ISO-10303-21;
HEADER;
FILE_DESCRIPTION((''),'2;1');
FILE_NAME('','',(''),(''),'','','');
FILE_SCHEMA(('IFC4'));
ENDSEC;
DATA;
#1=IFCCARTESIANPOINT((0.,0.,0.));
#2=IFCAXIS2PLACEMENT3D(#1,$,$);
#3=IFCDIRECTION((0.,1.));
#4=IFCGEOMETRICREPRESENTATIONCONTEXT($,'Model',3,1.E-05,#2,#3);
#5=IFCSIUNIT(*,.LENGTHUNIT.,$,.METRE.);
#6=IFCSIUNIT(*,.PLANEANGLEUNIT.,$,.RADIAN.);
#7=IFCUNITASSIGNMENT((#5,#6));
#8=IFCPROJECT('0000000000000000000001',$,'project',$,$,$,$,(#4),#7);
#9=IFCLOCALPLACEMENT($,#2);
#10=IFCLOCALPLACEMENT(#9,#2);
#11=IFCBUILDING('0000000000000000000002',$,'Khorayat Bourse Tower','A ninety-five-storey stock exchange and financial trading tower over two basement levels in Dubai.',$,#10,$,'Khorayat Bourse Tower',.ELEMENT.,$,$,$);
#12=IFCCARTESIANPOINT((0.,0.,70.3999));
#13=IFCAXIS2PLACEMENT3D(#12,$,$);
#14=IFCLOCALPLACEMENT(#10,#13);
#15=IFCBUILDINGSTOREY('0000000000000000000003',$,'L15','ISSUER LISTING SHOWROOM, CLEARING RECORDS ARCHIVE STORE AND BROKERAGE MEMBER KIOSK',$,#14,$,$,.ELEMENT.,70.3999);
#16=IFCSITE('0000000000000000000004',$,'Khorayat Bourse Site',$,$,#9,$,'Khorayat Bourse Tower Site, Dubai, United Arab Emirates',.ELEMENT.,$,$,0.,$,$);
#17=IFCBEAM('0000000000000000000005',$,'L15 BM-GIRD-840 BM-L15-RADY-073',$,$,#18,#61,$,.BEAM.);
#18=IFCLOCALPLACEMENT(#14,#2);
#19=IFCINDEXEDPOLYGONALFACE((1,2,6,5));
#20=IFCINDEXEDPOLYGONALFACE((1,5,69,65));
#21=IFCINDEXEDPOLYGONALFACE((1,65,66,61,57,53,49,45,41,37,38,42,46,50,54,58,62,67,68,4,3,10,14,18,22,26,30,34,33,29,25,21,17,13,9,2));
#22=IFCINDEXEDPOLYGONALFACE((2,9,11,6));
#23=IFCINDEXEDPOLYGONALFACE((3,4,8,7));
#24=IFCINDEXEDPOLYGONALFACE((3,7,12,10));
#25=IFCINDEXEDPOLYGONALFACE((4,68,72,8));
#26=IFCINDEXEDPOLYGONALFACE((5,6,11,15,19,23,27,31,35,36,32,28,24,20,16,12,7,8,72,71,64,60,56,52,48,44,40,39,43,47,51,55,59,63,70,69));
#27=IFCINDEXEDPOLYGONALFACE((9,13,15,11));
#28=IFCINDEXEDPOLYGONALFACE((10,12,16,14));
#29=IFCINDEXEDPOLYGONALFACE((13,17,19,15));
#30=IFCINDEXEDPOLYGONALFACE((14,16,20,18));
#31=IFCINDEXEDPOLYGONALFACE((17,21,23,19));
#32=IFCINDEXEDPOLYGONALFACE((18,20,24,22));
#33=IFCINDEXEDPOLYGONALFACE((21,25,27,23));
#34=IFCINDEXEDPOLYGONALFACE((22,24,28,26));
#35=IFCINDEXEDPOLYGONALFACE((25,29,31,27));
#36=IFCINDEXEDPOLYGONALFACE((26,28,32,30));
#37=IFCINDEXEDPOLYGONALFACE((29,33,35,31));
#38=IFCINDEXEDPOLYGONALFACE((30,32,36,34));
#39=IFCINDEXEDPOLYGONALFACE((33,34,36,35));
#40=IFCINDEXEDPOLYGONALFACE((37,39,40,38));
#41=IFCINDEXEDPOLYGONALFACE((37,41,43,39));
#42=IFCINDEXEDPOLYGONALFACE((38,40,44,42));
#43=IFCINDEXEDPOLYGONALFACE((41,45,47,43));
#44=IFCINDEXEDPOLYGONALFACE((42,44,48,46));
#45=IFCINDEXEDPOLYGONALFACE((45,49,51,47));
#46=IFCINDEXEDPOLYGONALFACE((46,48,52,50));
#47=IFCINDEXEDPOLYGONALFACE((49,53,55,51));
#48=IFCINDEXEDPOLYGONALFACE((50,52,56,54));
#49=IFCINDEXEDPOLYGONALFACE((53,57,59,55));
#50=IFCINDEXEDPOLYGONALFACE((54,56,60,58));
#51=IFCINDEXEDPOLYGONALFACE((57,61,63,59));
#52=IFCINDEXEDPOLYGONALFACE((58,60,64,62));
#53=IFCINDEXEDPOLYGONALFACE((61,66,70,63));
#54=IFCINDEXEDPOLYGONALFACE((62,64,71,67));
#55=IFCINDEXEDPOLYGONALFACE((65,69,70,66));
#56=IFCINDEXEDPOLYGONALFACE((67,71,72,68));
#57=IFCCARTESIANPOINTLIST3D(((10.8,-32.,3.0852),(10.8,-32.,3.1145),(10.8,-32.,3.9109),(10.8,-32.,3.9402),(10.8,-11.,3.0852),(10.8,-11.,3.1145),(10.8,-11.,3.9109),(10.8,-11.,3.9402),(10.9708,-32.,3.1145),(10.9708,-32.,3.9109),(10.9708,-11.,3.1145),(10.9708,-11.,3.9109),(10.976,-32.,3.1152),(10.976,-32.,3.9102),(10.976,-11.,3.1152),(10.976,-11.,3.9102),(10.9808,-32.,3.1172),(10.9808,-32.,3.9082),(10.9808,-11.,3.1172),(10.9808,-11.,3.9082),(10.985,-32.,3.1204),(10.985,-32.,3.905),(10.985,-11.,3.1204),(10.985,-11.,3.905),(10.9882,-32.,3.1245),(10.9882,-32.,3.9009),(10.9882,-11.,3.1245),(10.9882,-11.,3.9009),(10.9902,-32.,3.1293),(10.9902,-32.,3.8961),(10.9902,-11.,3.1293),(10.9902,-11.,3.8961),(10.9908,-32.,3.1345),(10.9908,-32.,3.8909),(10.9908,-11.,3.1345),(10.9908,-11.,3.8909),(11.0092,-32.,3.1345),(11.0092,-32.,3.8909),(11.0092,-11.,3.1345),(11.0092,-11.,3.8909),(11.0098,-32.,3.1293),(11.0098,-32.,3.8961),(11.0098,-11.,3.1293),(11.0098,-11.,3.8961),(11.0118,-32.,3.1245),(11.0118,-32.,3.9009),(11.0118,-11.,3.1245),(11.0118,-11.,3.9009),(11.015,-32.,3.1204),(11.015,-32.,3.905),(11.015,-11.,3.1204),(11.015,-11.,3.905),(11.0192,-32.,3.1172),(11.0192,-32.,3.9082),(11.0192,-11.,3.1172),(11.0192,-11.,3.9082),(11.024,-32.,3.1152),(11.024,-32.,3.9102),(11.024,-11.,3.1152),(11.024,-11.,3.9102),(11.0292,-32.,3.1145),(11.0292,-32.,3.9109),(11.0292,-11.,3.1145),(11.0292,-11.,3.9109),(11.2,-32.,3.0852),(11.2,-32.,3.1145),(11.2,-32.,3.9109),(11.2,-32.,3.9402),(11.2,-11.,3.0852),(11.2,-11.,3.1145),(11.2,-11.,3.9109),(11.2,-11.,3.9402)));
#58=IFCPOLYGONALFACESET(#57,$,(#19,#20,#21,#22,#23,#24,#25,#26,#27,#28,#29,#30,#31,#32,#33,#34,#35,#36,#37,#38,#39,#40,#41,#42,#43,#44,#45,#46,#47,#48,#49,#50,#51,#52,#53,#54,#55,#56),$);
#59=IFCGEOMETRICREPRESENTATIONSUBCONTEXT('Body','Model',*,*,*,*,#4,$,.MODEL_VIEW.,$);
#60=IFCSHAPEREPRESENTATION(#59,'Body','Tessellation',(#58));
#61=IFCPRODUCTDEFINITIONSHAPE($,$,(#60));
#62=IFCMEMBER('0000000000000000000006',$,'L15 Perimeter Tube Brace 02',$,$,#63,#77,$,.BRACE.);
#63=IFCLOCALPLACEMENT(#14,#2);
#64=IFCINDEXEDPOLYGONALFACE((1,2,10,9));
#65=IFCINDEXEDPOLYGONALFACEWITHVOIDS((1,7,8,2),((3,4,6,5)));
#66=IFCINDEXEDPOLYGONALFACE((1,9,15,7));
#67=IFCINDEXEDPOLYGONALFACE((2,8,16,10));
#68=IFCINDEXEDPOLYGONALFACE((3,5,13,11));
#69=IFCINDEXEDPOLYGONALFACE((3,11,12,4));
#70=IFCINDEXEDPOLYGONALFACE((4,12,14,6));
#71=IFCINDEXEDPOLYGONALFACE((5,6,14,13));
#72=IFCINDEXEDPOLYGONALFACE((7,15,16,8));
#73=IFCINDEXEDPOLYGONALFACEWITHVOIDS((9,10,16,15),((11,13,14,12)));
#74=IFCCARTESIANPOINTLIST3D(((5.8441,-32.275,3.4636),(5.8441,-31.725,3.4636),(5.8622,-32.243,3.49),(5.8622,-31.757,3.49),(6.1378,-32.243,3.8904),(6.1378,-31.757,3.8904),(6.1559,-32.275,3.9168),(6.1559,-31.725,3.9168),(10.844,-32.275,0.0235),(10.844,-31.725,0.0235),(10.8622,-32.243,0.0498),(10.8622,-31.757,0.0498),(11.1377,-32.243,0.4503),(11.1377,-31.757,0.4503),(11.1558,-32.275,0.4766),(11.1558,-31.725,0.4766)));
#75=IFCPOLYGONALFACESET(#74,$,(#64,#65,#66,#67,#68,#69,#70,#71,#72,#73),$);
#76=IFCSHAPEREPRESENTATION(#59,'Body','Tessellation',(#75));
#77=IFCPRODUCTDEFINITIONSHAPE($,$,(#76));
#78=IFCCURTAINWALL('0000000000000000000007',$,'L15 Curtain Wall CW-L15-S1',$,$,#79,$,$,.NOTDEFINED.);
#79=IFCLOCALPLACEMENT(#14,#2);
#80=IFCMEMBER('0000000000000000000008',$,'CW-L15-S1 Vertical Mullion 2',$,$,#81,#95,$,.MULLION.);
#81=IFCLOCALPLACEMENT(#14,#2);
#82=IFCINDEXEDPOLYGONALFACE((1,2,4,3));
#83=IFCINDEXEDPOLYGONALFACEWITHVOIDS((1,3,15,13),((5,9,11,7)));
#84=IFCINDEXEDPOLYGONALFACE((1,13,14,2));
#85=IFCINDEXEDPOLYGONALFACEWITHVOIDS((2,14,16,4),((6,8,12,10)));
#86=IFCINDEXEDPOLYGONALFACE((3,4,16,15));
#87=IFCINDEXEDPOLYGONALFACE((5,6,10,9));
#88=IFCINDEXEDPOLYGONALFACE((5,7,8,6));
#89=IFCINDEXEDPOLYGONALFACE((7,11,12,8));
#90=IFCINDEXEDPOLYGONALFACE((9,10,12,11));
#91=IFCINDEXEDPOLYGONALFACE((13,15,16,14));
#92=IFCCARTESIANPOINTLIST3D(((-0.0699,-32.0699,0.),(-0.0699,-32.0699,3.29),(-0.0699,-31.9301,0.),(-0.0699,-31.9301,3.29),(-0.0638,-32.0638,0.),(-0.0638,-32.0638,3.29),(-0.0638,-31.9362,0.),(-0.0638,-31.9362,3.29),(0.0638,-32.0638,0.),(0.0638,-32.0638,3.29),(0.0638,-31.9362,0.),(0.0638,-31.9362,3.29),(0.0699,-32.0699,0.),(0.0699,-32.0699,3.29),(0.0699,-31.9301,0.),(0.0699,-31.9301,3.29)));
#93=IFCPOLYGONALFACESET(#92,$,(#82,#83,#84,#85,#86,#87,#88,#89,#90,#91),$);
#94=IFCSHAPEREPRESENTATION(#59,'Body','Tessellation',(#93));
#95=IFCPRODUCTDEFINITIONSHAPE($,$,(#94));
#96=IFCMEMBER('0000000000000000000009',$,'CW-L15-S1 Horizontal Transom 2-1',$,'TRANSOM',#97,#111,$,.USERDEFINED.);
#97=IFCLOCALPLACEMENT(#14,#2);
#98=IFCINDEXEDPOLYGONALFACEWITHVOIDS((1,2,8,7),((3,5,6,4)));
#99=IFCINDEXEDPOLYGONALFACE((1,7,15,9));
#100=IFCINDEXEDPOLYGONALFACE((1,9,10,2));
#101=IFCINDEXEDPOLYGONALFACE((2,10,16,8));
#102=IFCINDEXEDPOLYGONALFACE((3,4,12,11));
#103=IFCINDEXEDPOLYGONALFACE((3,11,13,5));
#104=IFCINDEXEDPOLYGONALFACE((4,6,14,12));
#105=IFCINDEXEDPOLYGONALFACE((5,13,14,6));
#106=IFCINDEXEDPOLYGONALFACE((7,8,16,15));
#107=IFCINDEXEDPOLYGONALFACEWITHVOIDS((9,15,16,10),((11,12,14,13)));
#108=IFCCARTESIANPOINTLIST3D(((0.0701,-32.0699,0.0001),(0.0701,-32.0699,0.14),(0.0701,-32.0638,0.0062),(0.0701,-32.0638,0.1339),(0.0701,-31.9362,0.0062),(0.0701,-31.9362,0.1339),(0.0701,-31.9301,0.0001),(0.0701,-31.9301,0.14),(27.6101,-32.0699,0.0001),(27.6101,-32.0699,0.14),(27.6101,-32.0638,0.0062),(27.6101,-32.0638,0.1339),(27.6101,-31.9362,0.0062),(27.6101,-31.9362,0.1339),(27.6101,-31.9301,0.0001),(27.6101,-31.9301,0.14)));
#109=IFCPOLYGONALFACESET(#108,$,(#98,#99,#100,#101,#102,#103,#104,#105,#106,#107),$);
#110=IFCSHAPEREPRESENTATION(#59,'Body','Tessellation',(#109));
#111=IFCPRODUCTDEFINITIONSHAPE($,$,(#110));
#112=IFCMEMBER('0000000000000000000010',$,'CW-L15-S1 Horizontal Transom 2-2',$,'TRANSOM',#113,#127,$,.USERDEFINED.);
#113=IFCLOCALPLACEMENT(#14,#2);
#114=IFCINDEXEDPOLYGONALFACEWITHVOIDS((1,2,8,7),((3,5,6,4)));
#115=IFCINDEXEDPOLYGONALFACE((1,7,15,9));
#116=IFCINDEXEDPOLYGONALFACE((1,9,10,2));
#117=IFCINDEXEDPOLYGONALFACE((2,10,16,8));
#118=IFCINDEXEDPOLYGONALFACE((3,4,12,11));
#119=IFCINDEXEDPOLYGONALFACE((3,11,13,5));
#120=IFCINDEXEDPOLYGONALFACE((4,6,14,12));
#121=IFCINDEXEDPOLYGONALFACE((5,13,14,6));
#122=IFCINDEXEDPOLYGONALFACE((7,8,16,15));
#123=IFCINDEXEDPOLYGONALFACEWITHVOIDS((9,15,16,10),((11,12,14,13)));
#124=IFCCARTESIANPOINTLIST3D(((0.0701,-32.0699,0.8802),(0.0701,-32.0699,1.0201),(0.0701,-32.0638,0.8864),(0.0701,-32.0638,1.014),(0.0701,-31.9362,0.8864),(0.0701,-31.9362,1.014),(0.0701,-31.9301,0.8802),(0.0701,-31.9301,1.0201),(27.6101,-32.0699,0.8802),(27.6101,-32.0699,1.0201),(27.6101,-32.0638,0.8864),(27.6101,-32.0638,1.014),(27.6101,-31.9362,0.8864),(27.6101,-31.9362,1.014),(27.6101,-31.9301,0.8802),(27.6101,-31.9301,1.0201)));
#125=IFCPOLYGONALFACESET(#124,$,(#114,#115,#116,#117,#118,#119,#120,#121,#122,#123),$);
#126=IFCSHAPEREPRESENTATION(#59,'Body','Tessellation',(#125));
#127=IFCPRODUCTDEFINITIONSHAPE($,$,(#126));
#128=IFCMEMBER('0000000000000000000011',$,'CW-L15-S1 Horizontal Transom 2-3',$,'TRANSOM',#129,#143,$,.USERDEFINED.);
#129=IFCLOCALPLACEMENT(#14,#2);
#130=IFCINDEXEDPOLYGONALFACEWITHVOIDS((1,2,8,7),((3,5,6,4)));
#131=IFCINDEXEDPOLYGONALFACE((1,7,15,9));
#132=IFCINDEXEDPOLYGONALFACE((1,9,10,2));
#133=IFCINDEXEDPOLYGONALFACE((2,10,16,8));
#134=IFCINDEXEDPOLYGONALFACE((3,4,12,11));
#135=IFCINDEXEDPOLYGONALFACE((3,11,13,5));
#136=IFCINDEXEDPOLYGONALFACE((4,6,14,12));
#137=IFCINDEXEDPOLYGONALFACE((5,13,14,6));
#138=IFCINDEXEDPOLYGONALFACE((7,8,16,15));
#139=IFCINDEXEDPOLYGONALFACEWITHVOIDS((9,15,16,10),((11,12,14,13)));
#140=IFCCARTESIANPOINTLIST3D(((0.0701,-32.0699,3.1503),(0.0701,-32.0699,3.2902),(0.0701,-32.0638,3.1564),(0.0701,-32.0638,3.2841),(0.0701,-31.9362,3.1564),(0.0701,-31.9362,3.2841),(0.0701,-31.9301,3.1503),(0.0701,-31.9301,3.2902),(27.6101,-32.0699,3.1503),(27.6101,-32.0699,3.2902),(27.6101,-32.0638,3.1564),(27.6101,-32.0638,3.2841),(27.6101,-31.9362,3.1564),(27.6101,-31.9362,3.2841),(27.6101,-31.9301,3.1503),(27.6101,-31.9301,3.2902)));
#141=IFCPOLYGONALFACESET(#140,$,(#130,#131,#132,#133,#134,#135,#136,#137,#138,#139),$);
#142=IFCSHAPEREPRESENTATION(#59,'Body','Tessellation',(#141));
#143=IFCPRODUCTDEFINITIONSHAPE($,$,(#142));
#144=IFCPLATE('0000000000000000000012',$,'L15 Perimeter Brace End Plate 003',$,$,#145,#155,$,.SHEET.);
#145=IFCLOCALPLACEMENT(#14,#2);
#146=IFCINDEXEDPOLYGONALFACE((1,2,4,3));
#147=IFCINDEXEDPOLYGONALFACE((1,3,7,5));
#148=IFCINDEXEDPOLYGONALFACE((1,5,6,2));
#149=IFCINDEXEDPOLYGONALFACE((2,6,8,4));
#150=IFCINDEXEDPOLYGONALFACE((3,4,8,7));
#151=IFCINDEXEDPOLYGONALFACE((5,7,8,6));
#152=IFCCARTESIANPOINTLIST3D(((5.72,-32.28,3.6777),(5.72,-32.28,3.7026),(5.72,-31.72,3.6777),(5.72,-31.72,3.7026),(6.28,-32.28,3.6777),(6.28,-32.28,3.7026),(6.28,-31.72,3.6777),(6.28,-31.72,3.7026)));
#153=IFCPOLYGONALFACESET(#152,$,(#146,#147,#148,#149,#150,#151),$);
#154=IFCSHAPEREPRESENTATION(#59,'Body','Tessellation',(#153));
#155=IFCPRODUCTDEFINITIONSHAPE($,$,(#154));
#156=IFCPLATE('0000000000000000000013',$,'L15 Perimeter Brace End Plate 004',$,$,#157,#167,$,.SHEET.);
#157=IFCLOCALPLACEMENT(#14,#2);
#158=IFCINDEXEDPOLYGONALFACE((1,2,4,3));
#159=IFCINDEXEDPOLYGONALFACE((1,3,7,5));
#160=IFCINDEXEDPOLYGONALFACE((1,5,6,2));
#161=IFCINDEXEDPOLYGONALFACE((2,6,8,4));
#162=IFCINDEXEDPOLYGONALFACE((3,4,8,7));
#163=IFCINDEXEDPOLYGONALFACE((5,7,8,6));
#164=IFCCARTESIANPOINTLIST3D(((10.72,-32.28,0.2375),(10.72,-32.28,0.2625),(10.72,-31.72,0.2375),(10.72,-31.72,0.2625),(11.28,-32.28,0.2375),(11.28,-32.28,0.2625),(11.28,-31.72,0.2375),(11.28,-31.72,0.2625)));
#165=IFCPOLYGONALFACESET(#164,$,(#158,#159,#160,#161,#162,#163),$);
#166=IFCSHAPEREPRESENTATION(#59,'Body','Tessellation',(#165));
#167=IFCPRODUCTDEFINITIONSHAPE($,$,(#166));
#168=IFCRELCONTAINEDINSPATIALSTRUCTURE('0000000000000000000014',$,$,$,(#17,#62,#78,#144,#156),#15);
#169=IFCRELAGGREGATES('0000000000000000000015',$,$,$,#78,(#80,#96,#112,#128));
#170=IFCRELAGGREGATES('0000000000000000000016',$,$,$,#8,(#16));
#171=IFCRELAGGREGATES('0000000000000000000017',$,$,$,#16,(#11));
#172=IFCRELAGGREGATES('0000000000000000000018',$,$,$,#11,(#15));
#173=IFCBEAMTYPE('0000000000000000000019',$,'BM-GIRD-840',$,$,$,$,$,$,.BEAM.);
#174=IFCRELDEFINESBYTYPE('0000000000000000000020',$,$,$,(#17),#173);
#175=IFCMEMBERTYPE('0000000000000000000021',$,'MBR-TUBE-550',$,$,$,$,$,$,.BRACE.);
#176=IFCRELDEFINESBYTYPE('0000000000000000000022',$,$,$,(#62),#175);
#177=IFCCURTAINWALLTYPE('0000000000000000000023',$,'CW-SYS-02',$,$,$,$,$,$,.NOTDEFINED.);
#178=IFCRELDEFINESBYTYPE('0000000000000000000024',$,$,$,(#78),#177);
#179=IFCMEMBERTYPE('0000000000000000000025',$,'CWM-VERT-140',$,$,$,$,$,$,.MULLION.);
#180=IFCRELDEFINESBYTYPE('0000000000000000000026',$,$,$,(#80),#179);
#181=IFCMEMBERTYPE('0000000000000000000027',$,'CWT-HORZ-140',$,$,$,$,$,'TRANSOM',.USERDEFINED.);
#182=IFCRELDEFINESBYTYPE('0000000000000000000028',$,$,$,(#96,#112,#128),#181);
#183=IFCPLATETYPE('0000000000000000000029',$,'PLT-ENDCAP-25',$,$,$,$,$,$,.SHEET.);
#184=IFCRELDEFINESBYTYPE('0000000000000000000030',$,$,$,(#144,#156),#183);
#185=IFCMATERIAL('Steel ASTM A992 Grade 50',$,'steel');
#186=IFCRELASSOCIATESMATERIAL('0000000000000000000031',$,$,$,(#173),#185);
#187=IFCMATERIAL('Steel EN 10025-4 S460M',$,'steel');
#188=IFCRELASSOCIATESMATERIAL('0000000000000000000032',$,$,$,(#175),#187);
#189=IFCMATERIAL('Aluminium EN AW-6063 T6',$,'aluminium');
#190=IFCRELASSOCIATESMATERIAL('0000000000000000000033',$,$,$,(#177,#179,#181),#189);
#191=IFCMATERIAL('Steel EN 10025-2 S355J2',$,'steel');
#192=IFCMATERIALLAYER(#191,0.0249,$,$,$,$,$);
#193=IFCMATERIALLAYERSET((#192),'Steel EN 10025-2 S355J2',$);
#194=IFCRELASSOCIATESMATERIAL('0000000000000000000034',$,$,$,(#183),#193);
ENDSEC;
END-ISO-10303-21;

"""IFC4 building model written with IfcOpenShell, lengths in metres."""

from ifc_helpers import new_model, si_unit, direction, frame, origin, origin_2d, place, context, subcontext, project, spatial, rectangle, hollow_rectangle, i_section, extrude, source, transform, mapped, material, layer, layer_set, material_profile, profile_set, type_object, element, aggregate, save


model = new_model("IFC4")

# Units and contexts
model_context = context("Model", 3, precision=1e-05, world=origin(), true_north=direction((0.0, 1.0)))
body_context = subcontext(model_context, "Body", "Model", "MODEL_VIEW")
ifc_project = project(units=[si_unit("LENGTHUNIT", "METRE"), si_unit("PLANEANGLEUNIT", "RADIAN")], contexts=[model_context])

# Site, building, storey
site_placement = place(None, origin())
site = spatial("IfcSite", under=ifc_project, at=site_placement, Name="Khorayat Bourse Site", LongName="Khorayat Bourse Tower Site, Dubai, United Arab Emirates", CompositionType="ELEMENT", RefElevation=0.0)
building_placement = place(site_placement, origin())
building = spatial("IfcBuilding", under=site, at=building_placement, Name="Khorayat Bourse Tower", Description="A ninety-five-storey stock exchange and financial trading tower over two basement levels in Dubai.", LongName="Khorayat Bourse Tower", CompositionType="ELEMENT")
storey_placement = place(building_placement, frame((0.0, 0.0, 70.3999)))
storey = spatial("IfcBuildingStorey", under=building, at=storey_placement, Name="L15", Description="ISSUER LISTING SHOWROOM, CLEARING RECORDS ARCHIVE STORE AND BROKERAGE MEMBER KIOSK", CompositionType="ELEMENT", Elevation=70.3999)

# Shared definitions
ifc_material_1 = material(Name="Steel EN 10025-4 S460M", Category="steel")

# Beam
ifc_material_2 = material(Name="Steel ASTM A992 Grade 50", Category="steel")
ifc_material_profile_1 = material_profile(ifc_material_2, i_section(OverallWidth=0.3999, OverallDepth=0.855, WebThickness=0.0183, FlangeThickness=0.0293, FilletRadius=0.02, at=origin_2d()), Name="W840X299")
ifc_profile_set_1 = profile_set([ifc_material_profile_1], Name="Steel ASTM A992 Grade 50")
beam_type_1 = type_object("IfcBeamType", Name="BM-GIRD-840", PredefinedType="BEAM", material=ifc_profile_set_1)
shared_shape_1 = source(origin(), body_context, "Body", "SweptSolid", [
    extrude(i_section(OverallWidth=0.3999, OverallDepth=0.855, WebThickness=0.0183, FlangeThickness=0.0293, FilletRadius=0.02, at=origin_2d()), origin(), (0.0, 0.0, 1.0), 21.0),
])
for number, where, z_axis, x_axis, name in (
    (1, (11.0, -32.0, 3.5127), (0.0, 1.0, 0.0), (-1.0, 0.0, 0.0), "L15 BM-GIRD-840 BM-L15-RADY-073"),
):
    element("IfcBeam", number, at=place(storey_placement, frame(where, z_axis=z_axis, x_axis=x_axis)), inside=storey, type_object=beam_type_1, Name=name, PredefinedType="BEAM", context=body_context, shape_type="MappedRepresentation", body=[
        mapped(shared_shape_1, transform((0.0, 0.0, 0.0), scale=1.0)),
    ])

# Member
ifc_material_profile_2 = material_profile(ifc_material_1, hollow_rectangle(XDim=0.55, YDim=0.55, WallThickness=0.032, at=origin_2d()), Name="HSS 550x550x32")
ifc_profile_set_2 = profile_set([ifc_material_profile_2], Name="Steel EN 10025-4 S460M")
member_type_1 = type_object("IfcMemberType", Name="MBR-TUBE-550", PredefinedType="BRACE", material=ifc_profile_set_2)
shared_shape_2 = source(origin(), body_context, "Body", "SweptSolid", [
    extrude(hollow_rectangle(XDim=0.55, YDim=0.55, WallThickness=0.032, at=origin_2d()), origin(), (0.0, 0.0, 1.0), 6.0691),
])
member_1_placement = place(storey_placement, frame((6.0, -32.0, 3.6902), z_axis=(0.823835, 0.0, -0.566829), x_axis=(0.0, 1.0, 0.0)))
element("IfcMember", 2, at=member_1_placement, inside=storey, type_object=member_type_1, Name="L15 Perimeter Tube Brace 02", PredefinedType="BRACE", context=body_context, shape_type="MappedRepresentation", body=[
    mapped(shared_shape_2, transform((0.0, 0.0, 0.0), scale=1.0)),
])

# Curtain wall, members
ifc_material_3 = material(Name="Aluminium EN AW-6063 T6", Category="aluminium")
curtain_wall_type = type_object("IfcCurtainWallType", Name="CW-SYS-02", PredefinedType="NOTDEFINED", material=ifc_material_3)
curtain_wall_placement = place(storey_placement, origin())
curtain_wall = element("IfcCurtainWall", 3, at=curtain_wall_placement, inside=storey, type_object=curtain_wall_type, Name="L15 Curtain Wall CW-L15-S1", PredefinedType="NOTDEFINED")
ifc_material_profile_3 = material_profile(ifc_material_3, hollow_rectangle(XDim=0.1399, YDim=0.1399, WallThickness=0.0061, at=origin_2d()), Name="ALU 140x140x6")
ifc_profile_set_3 = profile_set([ifc_material_profile_3], Name="Aluminium EN AW-6063 T6")
member_type_2 = type_object("IfcMemberType", Name="CWM-VERT-140", PredefinedType="MULLION", material=ifc_profile_set_3)
shared_shape_3 = source(origin(), body_context, "Body", "SweptSolid", [
    extrude(hollow_rectangle(XDim=0.1399, YDim=0.1399, WallThickness=0.0061, at=origin_2d()), origin(), (0.0, 0.0, 1.0), 3.29),
])
member_2_placement = place(storey_placement, frame((0.0, -32.0, 0.0), z_axis=(0.0, 0.0, 1.0), x_axis=(0.0, 1.0, 0.0)))
member_2 = element("IfcMember", 4, at=member_2_placement, type_object=member_type_2, Name="CW-L15-S1 Vertical Mullion 2", PredefinedType="MULLION", context=body_context, shape_type="MappedRepresentation", body=[
    mapped(shared_shape_3, transform((0.0, 0.0, 0.0), scale=1.0)),
])
ifc_material_profile_4 = material_profile(ifc_material_3, hollow_rectangle(XDim=0.1399, YDim=0.1399, WallThickness=0.0061, at=origin_2d()), Name="ALU 140x140x6")
ifc_profile_set_4 = profile_set([ifc_material_profile_4], Name="Aluminium EN AW-6063 T6")
member_type_3 = type_object("IfcMemberType", Name="CWT-HORZ-140", ElementType="TRANSOM", PredefinedType="USERDEFINED", material=ifc_profile_set_4)
shared_shape_4 = source(origin(), body_context, "Body", "SweptSolid", [
    extrude(hollow_rectangle(XDim=0.1399, YDim=0.1399, WallThickness=0.0061, at=origin_2d()), origin(), (0.0, 0.0, 1.0), 27.54),
])
member_3_placement = place(storey_placement, frame((0.0701, -32.0, 0.0701), z_axis=(1.0, 0.0, 0.0), x_axis=(0.0, 1.0, 0.0)))
member_3 = element("IfcMember", 5, at=member_3_placement, type_object=member_type_3, Name="CW-L15-S1 Horizontal Transom 2-1", ObjectType="TRANSOM", PredefinedType="USERDEFINED", context=body_context, shape_type="MappedRepresentation", body=[
    mapped(shared_shape_4, transform((0.0, 0.0, 0.0), scale=1.0)),
])
member_4_placement = place(storey_placement, frame((0.0701, -32.0, 0.9502), z_axis=(1.0, 0.0, 0.0), x_axis=(0.0, 1.0, 0.0)))
member_4 = element("IfcMember", 6, at=member_4_placement, type_object=member_type_3, Name="CW-L15-S1 Horizontal Transom 2-2", ObjectType="TRANSOM", PredefinedType="USERDEFINED", context=body_context, shape_type="MappedRepresentation", body=[
    mapped(shared_shape_4, transform((0.0, 0.0, 0.0), scale=1.0)),
])
member_5_placement = place(storey_placement, frame((0.0701, -32.0, 3.2202), z_axis=(1.0, 0.0, 0.0), x_axis=(0.0, 1.0, 0.0)))
member_5 = element("IfcMember", 7, at=member_5_placement, type_object=member_type_3, Name="CW-L15-S1 Horizontal Transom 2-3", ObjectType="TRANSOM", PredefinedType="USERDEFINED", context=body_context, shape_type="MappedRepresentation", body=[
    mapped(shared_shape_4, transform((0.0, 0.0, 0.0), scale=1.0)),
])
aggregate(curtain_wall, [member_2, member_3, member_4, member_5])

# Plates
ifc_material_4 = material(Name="Steel EN 10025-2 S355J2", Category="steel")
ifc_layer_1 = layer(ifc_material_4, 0.0249)
ifc_layer_set_1 = layer_set([ifc_layer_1], Name="Steel EN 10025-2 S355J2")
plate_type = type_object("IfcPlateType", Name="PLT-ENDCAP-25", PredefinedType="SHEET", material=ifc_layer_set_1)
shared_shape_5 = source(origin(), body_context, "Body", "SweptSolid", [
    extrude(rectangle(XDim=0.5601, YDim=0.5601, at=origin_2d()), origin(), (0.0, 0.0, 1.0), 0.0249),
])
for number, where, z_axis, x_axis, name in (
    (8, (6.0, -32.0, 3.6777), (0.0, 0.0, 1.0), (1.0, 0.0, 0.0), "L15 Perimeter Brace End Plate 003"),
    (9, (11.0, -32.0, 0.2375), (0.0, 0.0, 1.0), (1.0, 0.0, 0.0), "L15 Perimeter Brace End Plate 004"),
):
    element("IfcPlate", number, at=place(storey_placement, frame(where, z_axis=z_axis, x_axis=x_axis)), inside=storey, type_object=plate_type, Name=name, PredefinedType="SHEET", context=body_context, shape_type="MappedRepresentation", body=[
        mapped(shared_shape_5, transform((0.0, 0.0, 0.0), scale=1.0)),
    ])

save(model, "model.ifc")
